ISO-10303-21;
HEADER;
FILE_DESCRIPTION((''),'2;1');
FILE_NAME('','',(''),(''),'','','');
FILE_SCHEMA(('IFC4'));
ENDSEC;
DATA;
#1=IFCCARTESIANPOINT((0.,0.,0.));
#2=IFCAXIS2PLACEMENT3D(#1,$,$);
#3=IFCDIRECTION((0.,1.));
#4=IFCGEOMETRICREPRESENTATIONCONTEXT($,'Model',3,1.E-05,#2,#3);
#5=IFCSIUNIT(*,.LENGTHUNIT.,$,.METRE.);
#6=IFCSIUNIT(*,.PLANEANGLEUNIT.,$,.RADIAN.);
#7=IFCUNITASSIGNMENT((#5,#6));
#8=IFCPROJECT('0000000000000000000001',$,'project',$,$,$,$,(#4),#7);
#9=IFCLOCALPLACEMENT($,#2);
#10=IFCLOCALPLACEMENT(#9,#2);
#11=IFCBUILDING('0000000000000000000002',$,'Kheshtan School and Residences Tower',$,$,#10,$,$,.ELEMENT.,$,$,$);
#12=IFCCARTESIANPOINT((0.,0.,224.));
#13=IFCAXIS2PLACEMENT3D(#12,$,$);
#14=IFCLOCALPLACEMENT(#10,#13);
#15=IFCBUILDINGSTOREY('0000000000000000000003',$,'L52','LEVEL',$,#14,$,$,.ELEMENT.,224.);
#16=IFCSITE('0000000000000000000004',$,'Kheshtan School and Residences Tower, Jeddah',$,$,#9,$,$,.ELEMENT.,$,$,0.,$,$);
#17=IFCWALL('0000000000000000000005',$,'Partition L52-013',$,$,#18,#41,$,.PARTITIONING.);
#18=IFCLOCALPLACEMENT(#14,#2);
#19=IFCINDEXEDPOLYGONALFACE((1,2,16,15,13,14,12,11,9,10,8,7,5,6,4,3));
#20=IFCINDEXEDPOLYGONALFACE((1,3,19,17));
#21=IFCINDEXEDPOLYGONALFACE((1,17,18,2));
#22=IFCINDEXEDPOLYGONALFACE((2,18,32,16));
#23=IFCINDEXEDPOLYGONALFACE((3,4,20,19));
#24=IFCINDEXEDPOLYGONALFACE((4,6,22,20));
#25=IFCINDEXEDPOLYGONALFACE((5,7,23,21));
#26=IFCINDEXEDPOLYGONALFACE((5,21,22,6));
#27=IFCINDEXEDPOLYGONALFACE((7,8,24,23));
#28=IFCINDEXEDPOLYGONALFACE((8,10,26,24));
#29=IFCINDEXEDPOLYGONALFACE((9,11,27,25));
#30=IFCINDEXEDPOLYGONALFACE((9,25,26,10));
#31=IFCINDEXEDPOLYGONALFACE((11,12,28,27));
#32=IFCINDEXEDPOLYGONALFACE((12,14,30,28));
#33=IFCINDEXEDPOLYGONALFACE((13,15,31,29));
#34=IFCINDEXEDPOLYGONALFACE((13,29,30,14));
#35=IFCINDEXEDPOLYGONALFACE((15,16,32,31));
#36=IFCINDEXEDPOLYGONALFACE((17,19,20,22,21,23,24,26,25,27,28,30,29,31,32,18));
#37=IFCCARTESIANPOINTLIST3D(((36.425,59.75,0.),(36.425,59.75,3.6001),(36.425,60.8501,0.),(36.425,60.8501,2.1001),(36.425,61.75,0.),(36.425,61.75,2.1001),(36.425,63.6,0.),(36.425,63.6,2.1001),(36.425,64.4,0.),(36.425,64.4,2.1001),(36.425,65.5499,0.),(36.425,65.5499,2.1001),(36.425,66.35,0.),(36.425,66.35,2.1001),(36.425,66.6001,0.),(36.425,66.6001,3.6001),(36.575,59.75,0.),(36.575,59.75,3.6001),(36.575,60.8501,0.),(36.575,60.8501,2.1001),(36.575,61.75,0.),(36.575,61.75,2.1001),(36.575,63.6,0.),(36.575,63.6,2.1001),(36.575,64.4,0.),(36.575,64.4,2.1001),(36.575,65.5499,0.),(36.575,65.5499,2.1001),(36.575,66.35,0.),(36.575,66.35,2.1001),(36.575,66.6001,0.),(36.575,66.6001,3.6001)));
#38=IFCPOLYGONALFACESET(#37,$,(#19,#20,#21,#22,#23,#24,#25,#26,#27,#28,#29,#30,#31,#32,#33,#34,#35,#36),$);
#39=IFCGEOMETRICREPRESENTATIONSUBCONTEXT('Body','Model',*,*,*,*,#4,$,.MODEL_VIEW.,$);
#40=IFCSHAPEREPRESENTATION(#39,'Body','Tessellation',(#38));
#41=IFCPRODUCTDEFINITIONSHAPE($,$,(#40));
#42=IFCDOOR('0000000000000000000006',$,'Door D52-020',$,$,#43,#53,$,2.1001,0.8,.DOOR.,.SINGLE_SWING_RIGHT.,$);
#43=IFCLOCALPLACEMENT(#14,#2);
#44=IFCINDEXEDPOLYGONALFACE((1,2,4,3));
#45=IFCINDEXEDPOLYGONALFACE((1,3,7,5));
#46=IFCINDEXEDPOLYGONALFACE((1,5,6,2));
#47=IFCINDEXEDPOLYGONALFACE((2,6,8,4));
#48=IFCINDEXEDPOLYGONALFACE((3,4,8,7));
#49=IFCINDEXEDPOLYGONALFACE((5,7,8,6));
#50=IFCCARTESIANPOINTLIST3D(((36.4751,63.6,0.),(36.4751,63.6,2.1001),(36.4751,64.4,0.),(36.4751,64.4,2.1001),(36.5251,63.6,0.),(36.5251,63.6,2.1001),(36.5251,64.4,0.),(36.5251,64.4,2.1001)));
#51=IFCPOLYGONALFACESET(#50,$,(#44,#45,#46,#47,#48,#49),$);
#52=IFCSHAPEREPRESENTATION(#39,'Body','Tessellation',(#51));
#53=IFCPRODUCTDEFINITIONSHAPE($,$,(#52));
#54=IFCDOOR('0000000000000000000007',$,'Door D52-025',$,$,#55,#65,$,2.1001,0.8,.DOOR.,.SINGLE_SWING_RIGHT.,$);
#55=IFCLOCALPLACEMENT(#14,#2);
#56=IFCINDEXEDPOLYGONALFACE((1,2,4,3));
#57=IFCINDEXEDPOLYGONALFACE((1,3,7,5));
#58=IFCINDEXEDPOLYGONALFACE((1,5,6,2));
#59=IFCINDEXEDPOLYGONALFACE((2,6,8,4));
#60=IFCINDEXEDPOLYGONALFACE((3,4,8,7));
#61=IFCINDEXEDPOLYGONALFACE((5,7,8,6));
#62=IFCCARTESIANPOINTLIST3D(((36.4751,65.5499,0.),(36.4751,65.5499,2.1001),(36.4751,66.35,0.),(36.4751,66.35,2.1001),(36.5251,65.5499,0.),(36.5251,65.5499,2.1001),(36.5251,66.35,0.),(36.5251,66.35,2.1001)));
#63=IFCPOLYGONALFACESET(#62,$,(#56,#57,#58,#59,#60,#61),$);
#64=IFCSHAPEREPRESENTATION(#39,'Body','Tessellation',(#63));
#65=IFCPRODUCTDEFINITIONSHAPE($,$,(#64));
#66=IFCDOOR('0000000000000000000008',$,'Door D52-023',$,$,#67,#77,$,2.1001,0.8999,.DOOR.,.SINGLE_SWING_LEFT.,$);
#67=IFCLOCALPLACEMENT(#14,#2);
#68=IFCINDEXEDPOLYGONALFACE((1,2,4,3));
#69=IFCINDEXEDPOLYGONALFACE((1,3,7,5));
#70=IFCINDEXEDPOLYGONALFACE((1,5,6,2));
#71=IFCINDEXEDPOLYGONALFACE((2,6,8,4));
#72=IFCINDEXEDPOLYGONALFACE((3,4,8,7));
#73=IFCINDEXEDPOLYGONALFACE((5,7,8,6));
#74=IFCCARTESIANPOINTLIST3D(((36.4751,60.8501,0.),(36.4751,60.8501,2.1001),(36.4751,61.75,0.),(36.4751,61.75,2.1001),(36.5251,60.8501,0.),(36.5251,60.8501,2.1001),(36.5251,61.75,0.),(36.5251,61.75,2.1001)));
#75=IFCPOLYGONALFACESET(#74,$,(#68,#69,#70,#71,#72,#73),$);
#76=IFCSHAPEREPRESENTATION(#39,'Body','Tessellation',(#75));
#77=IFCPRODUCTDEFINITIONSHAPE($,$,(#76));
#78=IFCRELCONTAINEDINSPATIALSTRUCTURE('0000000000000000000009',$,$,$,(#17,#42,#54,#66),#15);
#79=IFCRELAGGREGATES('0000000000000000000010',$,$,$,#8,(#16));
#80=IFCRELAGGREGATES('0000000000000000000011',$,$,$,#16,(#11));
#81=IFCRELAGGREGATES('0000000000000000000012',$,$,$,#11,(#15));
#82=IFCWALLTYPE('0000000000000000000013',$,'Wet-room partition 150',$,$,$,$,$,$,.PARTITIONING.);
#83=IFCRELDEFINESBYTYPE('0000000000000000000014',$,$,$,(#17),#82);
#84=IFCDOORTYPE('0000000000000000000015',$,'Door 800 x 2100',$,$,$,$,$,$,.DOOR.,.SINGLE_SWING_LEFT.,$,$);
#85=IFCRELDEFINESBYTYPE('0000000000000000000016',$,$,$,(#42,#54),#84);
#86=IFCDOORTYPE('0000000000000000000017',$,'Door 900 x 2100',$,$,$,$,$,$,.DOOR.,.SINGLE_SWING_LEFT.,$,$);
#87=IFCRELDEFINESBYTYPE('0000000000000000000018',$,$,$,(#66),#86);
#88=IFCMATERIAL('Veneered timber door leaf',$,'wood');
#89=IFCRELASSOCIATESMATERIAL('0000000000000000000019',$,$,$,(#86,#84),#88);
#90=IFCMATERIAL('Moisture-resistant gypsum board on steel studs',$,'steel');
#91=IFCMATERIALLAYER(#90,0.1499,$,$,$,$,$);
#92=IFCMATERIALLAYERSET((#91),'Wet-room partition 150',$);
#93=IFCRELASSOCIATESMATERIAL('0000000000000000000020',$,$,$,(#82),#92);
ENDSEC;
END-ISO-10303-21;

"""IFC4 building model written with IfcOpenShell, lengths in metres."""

from ifc_helpers import new_model, si_unit, direction, frame, frame_2d, origin, place, context, subcontext, project, spatial, rectangle, extrude, source, transform, mapped, material, layer, layer_set, type_object, element, fill, save


model = new_model("IFC4")

# Units and contexts
model_context = context("Model", 3, precision=1e-05, world=origin(), true_north=direction((0.0, 1.0)))
body_context = subcontext(model_context, "Body", "Model", "MODEL_VIEW")
ifc_project = project(units=[si_unit("LENGTHUNIT", "METRE"), si_unit("PLANEANGLEUNIT", "RADIAN")], contexts=[model_context])

# Site, building, storey
site_placement = place(None, origin())
site = spatial("IfcSite", under=ifc_project, at=site_placement, Name="Kheshtan School and Residences Tower, Jeddah", CompositionType="ELEMENT", RefElevation=0.0)
building_placement = place(site_placement, origin())
building = spatial("IfcBuilding", under=site, at=building_placement, Name="Kheshtan School and Residences Tower", CompositionType="ELEMENT")
storey_placement = place(building_placement, frame((0.0, 0.0, 224.0)))
storey = spatial("IfcBuildingStorey", under=building, at=storey_placement, Name="L52", Description="LEVEL", CompositionType="ELEMENT", Elevation=224.0)

# Shared definitions
ifc_material_1 = material(Name="Veneered timber door leaf", Category="wood")
door_type_1 = type_object("IfcDoorType", Name="Door 900 x 2100", OperationType="SINGLE_SWING_LEFT", PredefinedType="DOOR", material=ifc_material_1)
shared_shape_1 = source(origin(), body_context, "Body", "SweptSolid", [
    extrude(rectangle(XDim=0.8999, YDim=2.1001, at=frame_2d((0.45, 1.05))), frame((0.0, 0.0249, 0.0), z_axis=(0.0, -1.0, 0.0), x_axis=(1.0, 0.0, 0.0)), (0.0, 0.0, 1.0), 0.05),
])

# Shared definitions
ifc_material_2 = material(Name="Moisture-resistant gypsum board on steel studs", Category="steel")
ifc_layer_1 = layer(ifc_material_2, 0.1499)
ifc_layer_set_1 = layer_set([ifc_layer_1], Name="Wet-room partition 150")
wall_type_1 = type_object("IfcWallType", Name="Wet-room partition 150", PredefinedType="PARTITIONING", material=ifc_layer_set_1)

# Wall, openings, doors
wall_1_placement = place(storey_placement, frame((36.5, 59.75, 0.0), z_axis=(0.0, 0.0, 1.0), x_axis=(0.0, 1.0, 0.0)))
wall_1 = element("IfcWall", 1, at=wall_1_placement, inside=storey, type_object=wall_type_1, Name="Partition L52-013", PredefinedType="PARTITIONING", context=body_context, shape_type="SweptSolid", body=[
    extrude(rectangle(XDim=6.8501, YDim=0.1499, at=frame_2d((3.425, 0.0))), origin(), (0.0, 0.0, 1.0), 3.6001),
])
opening_1_placement = place(wall_1_placement, frame((3.8501, 0.0, 0.0)))
opening_1 = element("IfcOpeningElement", 2, at=opening_1_placement, cuts=wall_1, PredefinedType="OPENING", context=body_context, shape_type="SweptSolid", body=[
    extrude(rectangle(XDim=0.8, YDim=2.1001, at=frame_2d((0.3999, 1.05))), frame((0.0, 0.085, 0.0), z_axis=(0.0, -1.0, 0.0), x_axis=(1.0, 0.0, 0.0)), (0.0, 0.0, 1.0), 0.1699),
])
opening_2_placement = place(wall_1_placement, frame((1.1001, 0.0, 0.0)))
opening_2 = element("IfcOpeningElement", 3, at=opening_2_placement, cuts=wall_1, PredefinedType="OPENING", context=body_context, shape_type="SweptSolid", body=[
    extrude(rectangle(XDim=0.8999, YDim=2.1001, at=frame_2d((0.45, 1.05))), frame((0.0, 0.085, 0.0), z_axis=(0.0, -1.0, 0.0), x_axis=(1.0, 0.0, 0.0)), (0.0, 0.0, 1.0), 0.1699),
])
opening_3_placement = place(wall_1_placement, frame((5.8, 0.0, 0.0)))
opening_3 = element("IfcOpeningElement", 4, at=opening_3_placement, cuts=wall_1, PredefinedType="OPENING", context=body_context, shape_type="SweptSolid", body=[
    extrude(rectangle(XDim=0.8, YDim=2.1001, at=frame_2d((0.3999, 1.05))), frame((0.0, 0.085, 0.0), z_axis=(0.0, -1.0, 0.0), x_axis=(1.0, 0.0, 0.0)), (0.0, 0.0, 1.0), 0.1699),
])
door_type_2 = type_object("IfcDoorType", Name="Door 800 x 2100", OperationType="SINGLE_SWING_LEFT", PredefinedType="DOOR", material=ifc_material_1)
shared_shape_2 = source(origin(), body_context, "Body", "SweptSolid", [
    extrude(rectangle(XDim=0.8, YDim=2.1001, at=frame_2d((0.3999, 1.05))), frame((0.0, 0.0249, 0.0), z_axis=(0.0, -1.0, 0.0), x_axis=(1.0, 0.0, 0.0)), (0.0, 0.0, 1.0), 0.05),
])
door_1_placement = place(opening_1_placement, origin())
door_1 = element("IfcDoor", 5, at=door_1_placement, inside=storey, type_object=door_type_2, Name="Door D52-020", OperationType="SINGLE_SWING_RIGHT", OverallHeight=2.1001, OverallWidth=0.8, PredefinedType="DOOR", context=body_context, shape_type="MappedRepresentation", body=[
    mapped(shared_shape_2, transform((0.0, 0.0, 0.0), x_axis=(1.0, 0.0, 0.0), y_axis=(0.0, 1.0, 0.0), z_axis=(0.0, 0.0, 1.0), scale=1.0)),
])
fill(opening_1, door_1)
door_2_placement = place(opening_3_placement, origin())
door_2 = element("IfcDoor", 6, at=door_2_placement, inside=storey, type_object=door_type_2, Name="Door D52-025", OperationType="SINGLE_SWING_RIGHT", OverallHeight=2.1001, OverallWidth=0.8, PredefinedType="DOOR", context=body_context, shape_type="MappedRepresentation", body=[
    mapped(shared_shape_2, transform((0.0, 0.0, 0.0), x_axis=(1.0, 0.0, 0.0), y_axis=(0.0, 1.0, 0.0), z_axis=(0.0, 0.0, 1.0), scale=1.0)),
])
fill(opening_3, door_2)
door_3_placement = place(opening_2_placement, origin())
door_3 = element("IfcDoor", 7, at=door_3_placement, inside=storey, type_object=door_type_1, Name="Door D52-023", OperationType="SINGLE_SWING_LEFT", OverallHeight=2.1001, OverallWidth=0.8999, PredefinedType="DOOR", context=body_context, shape_type="MappedRepresentation", body=[
    mapped(shared_shape_1, transform((0.0, 0.0, 0.0), x_axis=(1.0, 0.0, 0.0), y_axis=(0.0, 1.0, 0.0), z_axis=(0.0, 0.0, 1.0), scale=1.0)),
])
fill(opening_2, door_3)

save(model, "model.ifc")
